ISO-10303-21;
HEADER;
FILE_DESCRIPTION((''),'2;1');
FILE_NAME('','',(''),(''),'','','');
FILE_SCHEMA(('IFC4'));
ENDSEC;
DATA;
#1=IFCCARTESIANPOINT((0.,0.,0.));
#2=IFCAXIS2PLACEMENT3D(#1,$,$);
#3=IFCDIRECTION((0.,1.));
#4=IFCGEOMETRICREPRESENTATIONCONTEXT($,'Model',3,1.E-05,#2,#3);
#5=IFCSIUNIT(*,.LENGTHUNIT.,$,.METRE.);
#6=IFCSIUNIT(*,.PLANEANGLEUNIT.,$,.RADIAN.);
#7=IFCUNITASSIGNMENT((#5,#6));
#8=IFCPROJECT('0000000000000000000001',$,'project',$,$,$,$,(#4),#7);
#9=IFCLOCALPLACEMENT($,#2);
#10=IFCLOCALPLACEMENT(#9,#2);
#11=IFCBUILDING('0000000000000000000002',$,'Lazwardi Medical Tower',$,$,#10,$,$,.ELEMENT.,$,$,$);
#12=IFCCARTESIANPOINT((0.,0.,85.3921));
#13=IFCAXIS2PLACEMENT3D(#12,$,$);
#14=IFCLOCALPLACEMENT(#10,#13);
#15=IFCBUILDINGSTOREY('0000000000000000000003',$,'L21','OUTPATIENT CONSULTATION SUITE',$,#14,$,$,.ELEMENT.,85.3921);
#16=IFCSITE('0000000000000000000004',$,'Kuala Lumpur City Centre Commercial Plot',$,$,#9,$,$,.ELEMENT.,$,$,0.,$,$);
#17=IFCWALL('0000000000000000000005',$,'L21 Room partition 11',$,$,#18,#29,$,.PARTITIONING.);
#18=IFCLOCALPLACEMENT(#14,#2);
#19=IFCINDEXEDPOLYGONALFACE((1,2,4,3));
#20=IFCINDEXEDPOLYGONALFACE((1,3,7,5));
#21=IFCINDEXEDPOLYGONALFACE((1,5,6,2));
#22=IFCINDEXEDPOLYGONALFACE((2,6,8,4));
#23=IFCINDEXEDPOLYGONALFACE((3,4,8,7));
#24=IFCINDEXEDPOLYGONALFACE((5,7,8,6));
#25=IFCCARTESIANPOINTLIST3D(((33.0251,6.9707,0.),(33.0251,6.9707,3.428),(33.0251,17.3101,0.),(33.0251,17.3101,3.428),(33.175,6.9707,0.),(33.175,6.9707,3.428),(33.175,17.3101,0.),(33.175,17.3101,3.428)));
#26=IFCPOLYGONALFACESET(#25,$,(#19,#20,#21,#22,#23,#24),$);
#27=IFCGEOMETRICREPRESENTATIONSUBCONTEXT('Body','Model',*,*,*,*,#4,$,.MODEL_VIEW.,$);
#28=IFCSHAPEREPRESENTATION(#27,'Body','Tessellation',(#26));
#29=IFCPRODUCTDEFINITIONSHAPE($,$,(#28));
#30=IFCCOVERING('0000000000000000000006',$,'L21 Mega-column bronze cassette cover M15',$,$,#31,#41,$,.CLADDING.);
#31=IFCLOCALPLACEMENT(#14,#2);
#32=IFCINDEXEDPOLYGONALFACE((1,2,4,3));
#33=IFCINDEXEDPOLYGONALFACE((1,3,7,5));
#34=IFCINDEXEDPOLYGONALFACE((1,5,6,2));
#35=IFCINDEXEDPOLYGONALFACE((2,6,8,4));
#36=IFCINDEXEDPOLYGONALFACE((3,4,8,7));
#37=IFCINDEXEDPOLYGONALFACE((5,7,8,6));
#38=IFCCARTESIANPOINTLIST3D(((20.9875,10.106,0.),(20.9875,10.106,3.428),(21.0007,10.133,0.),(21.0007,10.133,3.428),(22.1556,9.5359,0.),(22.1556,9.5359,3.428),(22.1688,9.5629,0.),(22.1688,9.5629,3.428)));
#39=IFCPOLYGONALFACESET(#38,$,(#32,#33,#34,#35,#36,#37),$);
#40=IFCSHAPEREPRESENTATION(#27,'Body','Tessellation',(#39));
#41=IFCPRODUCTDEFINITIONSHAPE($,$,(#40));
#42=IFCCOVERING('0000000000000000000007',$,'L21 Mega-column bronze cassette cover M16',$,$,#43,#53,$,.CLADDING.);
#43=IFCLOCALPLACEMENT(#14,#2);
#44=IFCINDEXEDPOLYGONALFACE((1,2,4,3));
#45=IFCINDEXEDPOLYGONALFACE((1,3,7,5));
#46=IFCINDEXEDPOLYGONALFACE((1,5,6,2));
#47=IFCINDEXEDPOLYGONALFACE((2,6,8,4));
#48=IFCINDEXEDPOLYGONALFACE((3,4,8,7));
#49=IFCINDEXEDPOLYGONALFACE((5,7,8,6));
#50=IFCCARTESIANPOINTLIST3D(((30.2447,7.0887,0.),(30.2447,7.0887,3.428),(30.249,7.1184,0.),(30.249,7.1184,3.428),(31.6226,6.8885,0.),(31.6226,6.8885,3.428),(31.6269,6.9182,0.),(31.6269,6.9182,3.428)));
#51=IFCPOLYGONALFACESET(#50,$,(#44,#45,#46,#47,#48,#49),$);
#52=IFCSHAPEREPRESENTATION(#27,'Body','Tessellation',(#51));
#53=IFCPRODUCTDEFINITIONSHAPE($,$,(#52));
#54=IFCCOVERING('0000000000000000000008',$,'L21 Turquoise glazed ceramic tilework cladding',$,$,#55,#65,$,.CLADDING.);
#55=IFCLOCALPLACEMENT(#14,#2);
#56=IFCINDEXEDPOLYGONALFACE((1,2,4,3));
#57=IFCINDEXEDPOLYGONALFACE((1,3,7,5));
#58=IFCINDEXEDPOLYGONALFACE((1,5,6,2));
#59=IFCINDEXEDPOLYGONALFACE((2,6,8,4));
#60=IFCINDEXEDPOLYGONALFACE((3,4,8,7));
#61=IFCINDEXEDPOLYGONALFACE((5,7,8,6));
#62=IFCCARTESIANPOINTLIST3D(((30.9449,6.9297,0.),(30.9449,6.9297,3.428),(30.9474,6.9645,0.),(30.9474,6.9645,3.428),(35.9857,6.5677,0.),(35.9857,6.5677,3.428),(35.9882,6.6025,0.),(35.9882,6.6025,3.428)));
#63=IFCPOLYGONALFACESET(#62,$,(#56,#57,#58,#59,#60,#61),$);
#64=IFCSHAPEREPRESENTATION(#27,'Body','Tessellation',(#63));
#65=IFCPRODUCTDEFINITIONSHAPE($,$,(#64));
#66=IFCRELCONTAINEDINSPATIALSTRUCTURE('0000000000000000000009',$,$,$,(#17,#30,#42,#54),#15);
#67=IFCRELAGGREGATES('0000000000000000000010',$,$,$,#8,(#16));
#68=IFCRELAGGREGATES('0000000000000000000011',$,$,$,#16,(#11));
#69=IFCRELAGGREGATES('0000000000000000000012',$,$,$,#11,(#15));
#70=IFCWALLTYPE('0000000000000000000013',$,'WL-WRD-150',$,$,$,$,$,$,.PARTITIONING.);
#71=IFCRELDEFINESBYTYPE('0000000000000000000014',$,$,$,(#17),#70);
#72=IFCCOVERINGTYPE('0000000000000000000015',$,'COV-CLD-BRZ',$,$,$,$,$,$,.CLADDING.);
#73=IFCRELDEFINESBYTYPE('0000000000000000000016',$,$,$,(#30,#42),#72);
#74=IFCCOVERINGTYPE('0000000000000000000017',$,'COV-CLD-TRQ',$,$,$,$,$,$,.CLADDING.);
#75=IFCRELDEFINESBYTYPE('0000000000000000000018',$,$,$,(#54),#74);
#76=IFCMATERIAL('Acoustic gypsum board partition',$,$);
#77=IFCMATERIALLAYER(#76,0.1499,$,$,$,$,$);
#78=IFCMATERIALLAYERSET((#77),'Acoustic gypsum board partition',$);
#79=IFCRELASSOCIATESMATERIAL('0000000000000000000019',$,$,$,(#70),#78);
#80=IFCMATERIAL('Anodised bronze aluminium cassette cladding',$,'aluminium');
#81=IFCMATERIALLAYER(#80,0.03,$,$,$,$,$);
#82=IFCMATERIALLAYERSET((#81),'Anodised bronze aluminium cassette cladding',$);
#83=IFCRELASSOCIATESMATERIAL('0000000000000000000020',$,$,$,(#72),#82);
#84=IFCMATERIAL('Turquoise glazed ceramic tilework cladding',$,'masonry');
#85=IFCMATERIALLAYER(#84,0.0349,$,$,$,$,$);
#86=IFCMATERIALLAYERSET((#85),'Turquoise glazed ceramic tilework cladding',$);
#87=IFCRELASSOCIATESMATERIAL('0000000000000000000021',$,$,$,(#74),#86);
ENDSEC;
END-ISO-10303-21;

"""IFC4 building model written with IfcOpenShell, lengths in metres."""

from ifc_helpers import new_model, si_unit, direction, frame, frame_2d, origin, origin_2d, place, context, subcontext, project, spatial, rectangle, extrude, material, layer, layer_set, type_object, element, save


model = new_model("IFC4")

# Units and contexts
model_context = context("Model", 3, precision=1e-05, world=origin(), true_north=direction((0.0, 1.0)))
body_context = subcontext(model_context, "Body", "Model", "MODEL_VIEW")
ifc_project = project(units=[si_unit("LENGTHUNIT", "METRE"), si_unit("PLANEANGLEUNIT", "RADIAN")], contexts=[model_context])

# Site, building, storey
site_placement = place(None, origin())
site = spatial("IfcSite", under=ifc_project, at=site_placement, Name="Kuala Lumpur City Centre Commercial Plot", CompositionType="ELEMENT", RefElevation=0.0)
building_placement = place(site_placement, origin())
building = spatial("IfcBuilding", under=site, at=building_placement, Name="Lazwardi Medical Tower", CompositionType="ELEMENT")
storey_placement = place(building_placement, frame((0.0, 0.0, 85.3921)))
storey = spatial("IfcBuildingStorey", under=building, at=storey_placement, Name="L21", Description="OUTPATIENT CONSULTATION SUITE", CompositionType="ELEMENT", Elevation=85.3921)

# Wall
ifc_material_1 = material(Name="Acoustic gypsum board partition")
ifc_layer_1 = layer(ifc_material_1, 0.1499)
ifc_layer_set_1 = layer_set([ifc_layer_1], Name="Acoustic gypsum board partition")
wall_type_1 = type_object("IfcWallType", Name="WL-WRD-150", PredefinedType="PARTITIONING", material=ifc_layer_set_1)
wall_1_placement = place(storey_placement, frame((33.1001, 6.9707, 0.0), z_axis=(0.0, 0.0, 1.0), x_axis=(0.0, 1.0, 0.0)))
element("IfcWall", 1, at=wall_1_placement, inside=storey, type_object=wall_type_1, Name="L21 Room partition 11", PredefinedType="PARTITIONING", context=body_context, shape_type="SweptSolid", body=[
    extrude(rectangle(XDim=10.3394, YDim=0.1499, at=frame_2d((5.1697, 0.0))), origin(), (0.0, 0.0, 1.0), 3.428),
])

# Coverings
ifc_material_2 = material(Name="Anodised bronze aluminium cassette cladding", Category="aluminium")
ifc_layer_2 = layer(ifc_material_2, 0.03)
ifc_layer_set_2 = layer_set([ifc_layer_2], Name="Anodised bronze aluminium cassette cladding")
covering_type_1 = type_object("IfcCoveringType", Name="COV-CLD-BRZ", PredefinedType="CLADDING", material=ifc_layer_set_2)
covering_1_placement = place(storey_placement, frame((21.5781, 9.8345, 0.0), z_axis=(0.0, 0.0, 1.0), x_axis=(0.898679, -0.438606, 0.0)))
element("IfcCovering", 2, at=covering_1_placement, inside=storey, type_object=covering_type_1, Name="L21 Mega-column bronze cassette cover M15", PredefinedType="CLADDING", context=body_context, shape_type="SweptSolid", body=[
    extrude(rectangle(XDim=1.2998, YDim=0.03, at=origin_2d()), origin(), (0.0, 0.0, 1.0), 3.428),
])
covering_2_placement = place(storey_placement, frame((30.9358, 7.0034, 0.0), z_axis=(0.0, 0.0, 1.0), x_axis=(0.989609, -0.143785, 0.0)))
element("IfcCovering", 3, at=covering_2_placement, inside=storey, type_object=covering_type_1, Name="L21 Mega-column bronze cassette cover M16", PredefinedType="CLADDING", context=body_context, shape_type="SweptSolid", body=[
    extrude(rectangle(XDim=1.3923, YDim=0.03, at=origin_2d()), origin(), (0.0, 0.0, 1.0), 3.428),
])
ifc_material_3 = material(Name="Turquoise glazed ceramic tilework cladding", Category="masonry")
ifc_layer_3 = layer(ifc_material_3, 0.0349)
ifc_layer_set_3 = layer_set([ifc_layer_3], Name="Turquoise glazed ceramic tilework cladding")
covering_type_2 = type_object("IfcCoveringType", Name="COV-CLD-TRQ", PredefinedType="CLADDING", material=ifc_layer_set_3)
covering_3_placement = place(storey_placement, frame((33.4666, 6.7661, 0.0), z_axis=(0.0, 0.0, 1.0), x_axis=(0.997431, -0.071631, 0.0)))
element("IfcCovering", 4, at=covering_3_placement, inside=storey, type_object=covering_type_2, Name="L21 Turquoise glazed ceramic tilework cladding", PredefinedType="CLADDING", context=body_context, shape_type="SweptSolid", body=[
    extrude(rectangle(XDim=5.0537, YDim=0.0349, at=origin_2d()), origin(), (0.0, 0.0, 1.0), 3.428),
])

save(model, "model.ifc")
